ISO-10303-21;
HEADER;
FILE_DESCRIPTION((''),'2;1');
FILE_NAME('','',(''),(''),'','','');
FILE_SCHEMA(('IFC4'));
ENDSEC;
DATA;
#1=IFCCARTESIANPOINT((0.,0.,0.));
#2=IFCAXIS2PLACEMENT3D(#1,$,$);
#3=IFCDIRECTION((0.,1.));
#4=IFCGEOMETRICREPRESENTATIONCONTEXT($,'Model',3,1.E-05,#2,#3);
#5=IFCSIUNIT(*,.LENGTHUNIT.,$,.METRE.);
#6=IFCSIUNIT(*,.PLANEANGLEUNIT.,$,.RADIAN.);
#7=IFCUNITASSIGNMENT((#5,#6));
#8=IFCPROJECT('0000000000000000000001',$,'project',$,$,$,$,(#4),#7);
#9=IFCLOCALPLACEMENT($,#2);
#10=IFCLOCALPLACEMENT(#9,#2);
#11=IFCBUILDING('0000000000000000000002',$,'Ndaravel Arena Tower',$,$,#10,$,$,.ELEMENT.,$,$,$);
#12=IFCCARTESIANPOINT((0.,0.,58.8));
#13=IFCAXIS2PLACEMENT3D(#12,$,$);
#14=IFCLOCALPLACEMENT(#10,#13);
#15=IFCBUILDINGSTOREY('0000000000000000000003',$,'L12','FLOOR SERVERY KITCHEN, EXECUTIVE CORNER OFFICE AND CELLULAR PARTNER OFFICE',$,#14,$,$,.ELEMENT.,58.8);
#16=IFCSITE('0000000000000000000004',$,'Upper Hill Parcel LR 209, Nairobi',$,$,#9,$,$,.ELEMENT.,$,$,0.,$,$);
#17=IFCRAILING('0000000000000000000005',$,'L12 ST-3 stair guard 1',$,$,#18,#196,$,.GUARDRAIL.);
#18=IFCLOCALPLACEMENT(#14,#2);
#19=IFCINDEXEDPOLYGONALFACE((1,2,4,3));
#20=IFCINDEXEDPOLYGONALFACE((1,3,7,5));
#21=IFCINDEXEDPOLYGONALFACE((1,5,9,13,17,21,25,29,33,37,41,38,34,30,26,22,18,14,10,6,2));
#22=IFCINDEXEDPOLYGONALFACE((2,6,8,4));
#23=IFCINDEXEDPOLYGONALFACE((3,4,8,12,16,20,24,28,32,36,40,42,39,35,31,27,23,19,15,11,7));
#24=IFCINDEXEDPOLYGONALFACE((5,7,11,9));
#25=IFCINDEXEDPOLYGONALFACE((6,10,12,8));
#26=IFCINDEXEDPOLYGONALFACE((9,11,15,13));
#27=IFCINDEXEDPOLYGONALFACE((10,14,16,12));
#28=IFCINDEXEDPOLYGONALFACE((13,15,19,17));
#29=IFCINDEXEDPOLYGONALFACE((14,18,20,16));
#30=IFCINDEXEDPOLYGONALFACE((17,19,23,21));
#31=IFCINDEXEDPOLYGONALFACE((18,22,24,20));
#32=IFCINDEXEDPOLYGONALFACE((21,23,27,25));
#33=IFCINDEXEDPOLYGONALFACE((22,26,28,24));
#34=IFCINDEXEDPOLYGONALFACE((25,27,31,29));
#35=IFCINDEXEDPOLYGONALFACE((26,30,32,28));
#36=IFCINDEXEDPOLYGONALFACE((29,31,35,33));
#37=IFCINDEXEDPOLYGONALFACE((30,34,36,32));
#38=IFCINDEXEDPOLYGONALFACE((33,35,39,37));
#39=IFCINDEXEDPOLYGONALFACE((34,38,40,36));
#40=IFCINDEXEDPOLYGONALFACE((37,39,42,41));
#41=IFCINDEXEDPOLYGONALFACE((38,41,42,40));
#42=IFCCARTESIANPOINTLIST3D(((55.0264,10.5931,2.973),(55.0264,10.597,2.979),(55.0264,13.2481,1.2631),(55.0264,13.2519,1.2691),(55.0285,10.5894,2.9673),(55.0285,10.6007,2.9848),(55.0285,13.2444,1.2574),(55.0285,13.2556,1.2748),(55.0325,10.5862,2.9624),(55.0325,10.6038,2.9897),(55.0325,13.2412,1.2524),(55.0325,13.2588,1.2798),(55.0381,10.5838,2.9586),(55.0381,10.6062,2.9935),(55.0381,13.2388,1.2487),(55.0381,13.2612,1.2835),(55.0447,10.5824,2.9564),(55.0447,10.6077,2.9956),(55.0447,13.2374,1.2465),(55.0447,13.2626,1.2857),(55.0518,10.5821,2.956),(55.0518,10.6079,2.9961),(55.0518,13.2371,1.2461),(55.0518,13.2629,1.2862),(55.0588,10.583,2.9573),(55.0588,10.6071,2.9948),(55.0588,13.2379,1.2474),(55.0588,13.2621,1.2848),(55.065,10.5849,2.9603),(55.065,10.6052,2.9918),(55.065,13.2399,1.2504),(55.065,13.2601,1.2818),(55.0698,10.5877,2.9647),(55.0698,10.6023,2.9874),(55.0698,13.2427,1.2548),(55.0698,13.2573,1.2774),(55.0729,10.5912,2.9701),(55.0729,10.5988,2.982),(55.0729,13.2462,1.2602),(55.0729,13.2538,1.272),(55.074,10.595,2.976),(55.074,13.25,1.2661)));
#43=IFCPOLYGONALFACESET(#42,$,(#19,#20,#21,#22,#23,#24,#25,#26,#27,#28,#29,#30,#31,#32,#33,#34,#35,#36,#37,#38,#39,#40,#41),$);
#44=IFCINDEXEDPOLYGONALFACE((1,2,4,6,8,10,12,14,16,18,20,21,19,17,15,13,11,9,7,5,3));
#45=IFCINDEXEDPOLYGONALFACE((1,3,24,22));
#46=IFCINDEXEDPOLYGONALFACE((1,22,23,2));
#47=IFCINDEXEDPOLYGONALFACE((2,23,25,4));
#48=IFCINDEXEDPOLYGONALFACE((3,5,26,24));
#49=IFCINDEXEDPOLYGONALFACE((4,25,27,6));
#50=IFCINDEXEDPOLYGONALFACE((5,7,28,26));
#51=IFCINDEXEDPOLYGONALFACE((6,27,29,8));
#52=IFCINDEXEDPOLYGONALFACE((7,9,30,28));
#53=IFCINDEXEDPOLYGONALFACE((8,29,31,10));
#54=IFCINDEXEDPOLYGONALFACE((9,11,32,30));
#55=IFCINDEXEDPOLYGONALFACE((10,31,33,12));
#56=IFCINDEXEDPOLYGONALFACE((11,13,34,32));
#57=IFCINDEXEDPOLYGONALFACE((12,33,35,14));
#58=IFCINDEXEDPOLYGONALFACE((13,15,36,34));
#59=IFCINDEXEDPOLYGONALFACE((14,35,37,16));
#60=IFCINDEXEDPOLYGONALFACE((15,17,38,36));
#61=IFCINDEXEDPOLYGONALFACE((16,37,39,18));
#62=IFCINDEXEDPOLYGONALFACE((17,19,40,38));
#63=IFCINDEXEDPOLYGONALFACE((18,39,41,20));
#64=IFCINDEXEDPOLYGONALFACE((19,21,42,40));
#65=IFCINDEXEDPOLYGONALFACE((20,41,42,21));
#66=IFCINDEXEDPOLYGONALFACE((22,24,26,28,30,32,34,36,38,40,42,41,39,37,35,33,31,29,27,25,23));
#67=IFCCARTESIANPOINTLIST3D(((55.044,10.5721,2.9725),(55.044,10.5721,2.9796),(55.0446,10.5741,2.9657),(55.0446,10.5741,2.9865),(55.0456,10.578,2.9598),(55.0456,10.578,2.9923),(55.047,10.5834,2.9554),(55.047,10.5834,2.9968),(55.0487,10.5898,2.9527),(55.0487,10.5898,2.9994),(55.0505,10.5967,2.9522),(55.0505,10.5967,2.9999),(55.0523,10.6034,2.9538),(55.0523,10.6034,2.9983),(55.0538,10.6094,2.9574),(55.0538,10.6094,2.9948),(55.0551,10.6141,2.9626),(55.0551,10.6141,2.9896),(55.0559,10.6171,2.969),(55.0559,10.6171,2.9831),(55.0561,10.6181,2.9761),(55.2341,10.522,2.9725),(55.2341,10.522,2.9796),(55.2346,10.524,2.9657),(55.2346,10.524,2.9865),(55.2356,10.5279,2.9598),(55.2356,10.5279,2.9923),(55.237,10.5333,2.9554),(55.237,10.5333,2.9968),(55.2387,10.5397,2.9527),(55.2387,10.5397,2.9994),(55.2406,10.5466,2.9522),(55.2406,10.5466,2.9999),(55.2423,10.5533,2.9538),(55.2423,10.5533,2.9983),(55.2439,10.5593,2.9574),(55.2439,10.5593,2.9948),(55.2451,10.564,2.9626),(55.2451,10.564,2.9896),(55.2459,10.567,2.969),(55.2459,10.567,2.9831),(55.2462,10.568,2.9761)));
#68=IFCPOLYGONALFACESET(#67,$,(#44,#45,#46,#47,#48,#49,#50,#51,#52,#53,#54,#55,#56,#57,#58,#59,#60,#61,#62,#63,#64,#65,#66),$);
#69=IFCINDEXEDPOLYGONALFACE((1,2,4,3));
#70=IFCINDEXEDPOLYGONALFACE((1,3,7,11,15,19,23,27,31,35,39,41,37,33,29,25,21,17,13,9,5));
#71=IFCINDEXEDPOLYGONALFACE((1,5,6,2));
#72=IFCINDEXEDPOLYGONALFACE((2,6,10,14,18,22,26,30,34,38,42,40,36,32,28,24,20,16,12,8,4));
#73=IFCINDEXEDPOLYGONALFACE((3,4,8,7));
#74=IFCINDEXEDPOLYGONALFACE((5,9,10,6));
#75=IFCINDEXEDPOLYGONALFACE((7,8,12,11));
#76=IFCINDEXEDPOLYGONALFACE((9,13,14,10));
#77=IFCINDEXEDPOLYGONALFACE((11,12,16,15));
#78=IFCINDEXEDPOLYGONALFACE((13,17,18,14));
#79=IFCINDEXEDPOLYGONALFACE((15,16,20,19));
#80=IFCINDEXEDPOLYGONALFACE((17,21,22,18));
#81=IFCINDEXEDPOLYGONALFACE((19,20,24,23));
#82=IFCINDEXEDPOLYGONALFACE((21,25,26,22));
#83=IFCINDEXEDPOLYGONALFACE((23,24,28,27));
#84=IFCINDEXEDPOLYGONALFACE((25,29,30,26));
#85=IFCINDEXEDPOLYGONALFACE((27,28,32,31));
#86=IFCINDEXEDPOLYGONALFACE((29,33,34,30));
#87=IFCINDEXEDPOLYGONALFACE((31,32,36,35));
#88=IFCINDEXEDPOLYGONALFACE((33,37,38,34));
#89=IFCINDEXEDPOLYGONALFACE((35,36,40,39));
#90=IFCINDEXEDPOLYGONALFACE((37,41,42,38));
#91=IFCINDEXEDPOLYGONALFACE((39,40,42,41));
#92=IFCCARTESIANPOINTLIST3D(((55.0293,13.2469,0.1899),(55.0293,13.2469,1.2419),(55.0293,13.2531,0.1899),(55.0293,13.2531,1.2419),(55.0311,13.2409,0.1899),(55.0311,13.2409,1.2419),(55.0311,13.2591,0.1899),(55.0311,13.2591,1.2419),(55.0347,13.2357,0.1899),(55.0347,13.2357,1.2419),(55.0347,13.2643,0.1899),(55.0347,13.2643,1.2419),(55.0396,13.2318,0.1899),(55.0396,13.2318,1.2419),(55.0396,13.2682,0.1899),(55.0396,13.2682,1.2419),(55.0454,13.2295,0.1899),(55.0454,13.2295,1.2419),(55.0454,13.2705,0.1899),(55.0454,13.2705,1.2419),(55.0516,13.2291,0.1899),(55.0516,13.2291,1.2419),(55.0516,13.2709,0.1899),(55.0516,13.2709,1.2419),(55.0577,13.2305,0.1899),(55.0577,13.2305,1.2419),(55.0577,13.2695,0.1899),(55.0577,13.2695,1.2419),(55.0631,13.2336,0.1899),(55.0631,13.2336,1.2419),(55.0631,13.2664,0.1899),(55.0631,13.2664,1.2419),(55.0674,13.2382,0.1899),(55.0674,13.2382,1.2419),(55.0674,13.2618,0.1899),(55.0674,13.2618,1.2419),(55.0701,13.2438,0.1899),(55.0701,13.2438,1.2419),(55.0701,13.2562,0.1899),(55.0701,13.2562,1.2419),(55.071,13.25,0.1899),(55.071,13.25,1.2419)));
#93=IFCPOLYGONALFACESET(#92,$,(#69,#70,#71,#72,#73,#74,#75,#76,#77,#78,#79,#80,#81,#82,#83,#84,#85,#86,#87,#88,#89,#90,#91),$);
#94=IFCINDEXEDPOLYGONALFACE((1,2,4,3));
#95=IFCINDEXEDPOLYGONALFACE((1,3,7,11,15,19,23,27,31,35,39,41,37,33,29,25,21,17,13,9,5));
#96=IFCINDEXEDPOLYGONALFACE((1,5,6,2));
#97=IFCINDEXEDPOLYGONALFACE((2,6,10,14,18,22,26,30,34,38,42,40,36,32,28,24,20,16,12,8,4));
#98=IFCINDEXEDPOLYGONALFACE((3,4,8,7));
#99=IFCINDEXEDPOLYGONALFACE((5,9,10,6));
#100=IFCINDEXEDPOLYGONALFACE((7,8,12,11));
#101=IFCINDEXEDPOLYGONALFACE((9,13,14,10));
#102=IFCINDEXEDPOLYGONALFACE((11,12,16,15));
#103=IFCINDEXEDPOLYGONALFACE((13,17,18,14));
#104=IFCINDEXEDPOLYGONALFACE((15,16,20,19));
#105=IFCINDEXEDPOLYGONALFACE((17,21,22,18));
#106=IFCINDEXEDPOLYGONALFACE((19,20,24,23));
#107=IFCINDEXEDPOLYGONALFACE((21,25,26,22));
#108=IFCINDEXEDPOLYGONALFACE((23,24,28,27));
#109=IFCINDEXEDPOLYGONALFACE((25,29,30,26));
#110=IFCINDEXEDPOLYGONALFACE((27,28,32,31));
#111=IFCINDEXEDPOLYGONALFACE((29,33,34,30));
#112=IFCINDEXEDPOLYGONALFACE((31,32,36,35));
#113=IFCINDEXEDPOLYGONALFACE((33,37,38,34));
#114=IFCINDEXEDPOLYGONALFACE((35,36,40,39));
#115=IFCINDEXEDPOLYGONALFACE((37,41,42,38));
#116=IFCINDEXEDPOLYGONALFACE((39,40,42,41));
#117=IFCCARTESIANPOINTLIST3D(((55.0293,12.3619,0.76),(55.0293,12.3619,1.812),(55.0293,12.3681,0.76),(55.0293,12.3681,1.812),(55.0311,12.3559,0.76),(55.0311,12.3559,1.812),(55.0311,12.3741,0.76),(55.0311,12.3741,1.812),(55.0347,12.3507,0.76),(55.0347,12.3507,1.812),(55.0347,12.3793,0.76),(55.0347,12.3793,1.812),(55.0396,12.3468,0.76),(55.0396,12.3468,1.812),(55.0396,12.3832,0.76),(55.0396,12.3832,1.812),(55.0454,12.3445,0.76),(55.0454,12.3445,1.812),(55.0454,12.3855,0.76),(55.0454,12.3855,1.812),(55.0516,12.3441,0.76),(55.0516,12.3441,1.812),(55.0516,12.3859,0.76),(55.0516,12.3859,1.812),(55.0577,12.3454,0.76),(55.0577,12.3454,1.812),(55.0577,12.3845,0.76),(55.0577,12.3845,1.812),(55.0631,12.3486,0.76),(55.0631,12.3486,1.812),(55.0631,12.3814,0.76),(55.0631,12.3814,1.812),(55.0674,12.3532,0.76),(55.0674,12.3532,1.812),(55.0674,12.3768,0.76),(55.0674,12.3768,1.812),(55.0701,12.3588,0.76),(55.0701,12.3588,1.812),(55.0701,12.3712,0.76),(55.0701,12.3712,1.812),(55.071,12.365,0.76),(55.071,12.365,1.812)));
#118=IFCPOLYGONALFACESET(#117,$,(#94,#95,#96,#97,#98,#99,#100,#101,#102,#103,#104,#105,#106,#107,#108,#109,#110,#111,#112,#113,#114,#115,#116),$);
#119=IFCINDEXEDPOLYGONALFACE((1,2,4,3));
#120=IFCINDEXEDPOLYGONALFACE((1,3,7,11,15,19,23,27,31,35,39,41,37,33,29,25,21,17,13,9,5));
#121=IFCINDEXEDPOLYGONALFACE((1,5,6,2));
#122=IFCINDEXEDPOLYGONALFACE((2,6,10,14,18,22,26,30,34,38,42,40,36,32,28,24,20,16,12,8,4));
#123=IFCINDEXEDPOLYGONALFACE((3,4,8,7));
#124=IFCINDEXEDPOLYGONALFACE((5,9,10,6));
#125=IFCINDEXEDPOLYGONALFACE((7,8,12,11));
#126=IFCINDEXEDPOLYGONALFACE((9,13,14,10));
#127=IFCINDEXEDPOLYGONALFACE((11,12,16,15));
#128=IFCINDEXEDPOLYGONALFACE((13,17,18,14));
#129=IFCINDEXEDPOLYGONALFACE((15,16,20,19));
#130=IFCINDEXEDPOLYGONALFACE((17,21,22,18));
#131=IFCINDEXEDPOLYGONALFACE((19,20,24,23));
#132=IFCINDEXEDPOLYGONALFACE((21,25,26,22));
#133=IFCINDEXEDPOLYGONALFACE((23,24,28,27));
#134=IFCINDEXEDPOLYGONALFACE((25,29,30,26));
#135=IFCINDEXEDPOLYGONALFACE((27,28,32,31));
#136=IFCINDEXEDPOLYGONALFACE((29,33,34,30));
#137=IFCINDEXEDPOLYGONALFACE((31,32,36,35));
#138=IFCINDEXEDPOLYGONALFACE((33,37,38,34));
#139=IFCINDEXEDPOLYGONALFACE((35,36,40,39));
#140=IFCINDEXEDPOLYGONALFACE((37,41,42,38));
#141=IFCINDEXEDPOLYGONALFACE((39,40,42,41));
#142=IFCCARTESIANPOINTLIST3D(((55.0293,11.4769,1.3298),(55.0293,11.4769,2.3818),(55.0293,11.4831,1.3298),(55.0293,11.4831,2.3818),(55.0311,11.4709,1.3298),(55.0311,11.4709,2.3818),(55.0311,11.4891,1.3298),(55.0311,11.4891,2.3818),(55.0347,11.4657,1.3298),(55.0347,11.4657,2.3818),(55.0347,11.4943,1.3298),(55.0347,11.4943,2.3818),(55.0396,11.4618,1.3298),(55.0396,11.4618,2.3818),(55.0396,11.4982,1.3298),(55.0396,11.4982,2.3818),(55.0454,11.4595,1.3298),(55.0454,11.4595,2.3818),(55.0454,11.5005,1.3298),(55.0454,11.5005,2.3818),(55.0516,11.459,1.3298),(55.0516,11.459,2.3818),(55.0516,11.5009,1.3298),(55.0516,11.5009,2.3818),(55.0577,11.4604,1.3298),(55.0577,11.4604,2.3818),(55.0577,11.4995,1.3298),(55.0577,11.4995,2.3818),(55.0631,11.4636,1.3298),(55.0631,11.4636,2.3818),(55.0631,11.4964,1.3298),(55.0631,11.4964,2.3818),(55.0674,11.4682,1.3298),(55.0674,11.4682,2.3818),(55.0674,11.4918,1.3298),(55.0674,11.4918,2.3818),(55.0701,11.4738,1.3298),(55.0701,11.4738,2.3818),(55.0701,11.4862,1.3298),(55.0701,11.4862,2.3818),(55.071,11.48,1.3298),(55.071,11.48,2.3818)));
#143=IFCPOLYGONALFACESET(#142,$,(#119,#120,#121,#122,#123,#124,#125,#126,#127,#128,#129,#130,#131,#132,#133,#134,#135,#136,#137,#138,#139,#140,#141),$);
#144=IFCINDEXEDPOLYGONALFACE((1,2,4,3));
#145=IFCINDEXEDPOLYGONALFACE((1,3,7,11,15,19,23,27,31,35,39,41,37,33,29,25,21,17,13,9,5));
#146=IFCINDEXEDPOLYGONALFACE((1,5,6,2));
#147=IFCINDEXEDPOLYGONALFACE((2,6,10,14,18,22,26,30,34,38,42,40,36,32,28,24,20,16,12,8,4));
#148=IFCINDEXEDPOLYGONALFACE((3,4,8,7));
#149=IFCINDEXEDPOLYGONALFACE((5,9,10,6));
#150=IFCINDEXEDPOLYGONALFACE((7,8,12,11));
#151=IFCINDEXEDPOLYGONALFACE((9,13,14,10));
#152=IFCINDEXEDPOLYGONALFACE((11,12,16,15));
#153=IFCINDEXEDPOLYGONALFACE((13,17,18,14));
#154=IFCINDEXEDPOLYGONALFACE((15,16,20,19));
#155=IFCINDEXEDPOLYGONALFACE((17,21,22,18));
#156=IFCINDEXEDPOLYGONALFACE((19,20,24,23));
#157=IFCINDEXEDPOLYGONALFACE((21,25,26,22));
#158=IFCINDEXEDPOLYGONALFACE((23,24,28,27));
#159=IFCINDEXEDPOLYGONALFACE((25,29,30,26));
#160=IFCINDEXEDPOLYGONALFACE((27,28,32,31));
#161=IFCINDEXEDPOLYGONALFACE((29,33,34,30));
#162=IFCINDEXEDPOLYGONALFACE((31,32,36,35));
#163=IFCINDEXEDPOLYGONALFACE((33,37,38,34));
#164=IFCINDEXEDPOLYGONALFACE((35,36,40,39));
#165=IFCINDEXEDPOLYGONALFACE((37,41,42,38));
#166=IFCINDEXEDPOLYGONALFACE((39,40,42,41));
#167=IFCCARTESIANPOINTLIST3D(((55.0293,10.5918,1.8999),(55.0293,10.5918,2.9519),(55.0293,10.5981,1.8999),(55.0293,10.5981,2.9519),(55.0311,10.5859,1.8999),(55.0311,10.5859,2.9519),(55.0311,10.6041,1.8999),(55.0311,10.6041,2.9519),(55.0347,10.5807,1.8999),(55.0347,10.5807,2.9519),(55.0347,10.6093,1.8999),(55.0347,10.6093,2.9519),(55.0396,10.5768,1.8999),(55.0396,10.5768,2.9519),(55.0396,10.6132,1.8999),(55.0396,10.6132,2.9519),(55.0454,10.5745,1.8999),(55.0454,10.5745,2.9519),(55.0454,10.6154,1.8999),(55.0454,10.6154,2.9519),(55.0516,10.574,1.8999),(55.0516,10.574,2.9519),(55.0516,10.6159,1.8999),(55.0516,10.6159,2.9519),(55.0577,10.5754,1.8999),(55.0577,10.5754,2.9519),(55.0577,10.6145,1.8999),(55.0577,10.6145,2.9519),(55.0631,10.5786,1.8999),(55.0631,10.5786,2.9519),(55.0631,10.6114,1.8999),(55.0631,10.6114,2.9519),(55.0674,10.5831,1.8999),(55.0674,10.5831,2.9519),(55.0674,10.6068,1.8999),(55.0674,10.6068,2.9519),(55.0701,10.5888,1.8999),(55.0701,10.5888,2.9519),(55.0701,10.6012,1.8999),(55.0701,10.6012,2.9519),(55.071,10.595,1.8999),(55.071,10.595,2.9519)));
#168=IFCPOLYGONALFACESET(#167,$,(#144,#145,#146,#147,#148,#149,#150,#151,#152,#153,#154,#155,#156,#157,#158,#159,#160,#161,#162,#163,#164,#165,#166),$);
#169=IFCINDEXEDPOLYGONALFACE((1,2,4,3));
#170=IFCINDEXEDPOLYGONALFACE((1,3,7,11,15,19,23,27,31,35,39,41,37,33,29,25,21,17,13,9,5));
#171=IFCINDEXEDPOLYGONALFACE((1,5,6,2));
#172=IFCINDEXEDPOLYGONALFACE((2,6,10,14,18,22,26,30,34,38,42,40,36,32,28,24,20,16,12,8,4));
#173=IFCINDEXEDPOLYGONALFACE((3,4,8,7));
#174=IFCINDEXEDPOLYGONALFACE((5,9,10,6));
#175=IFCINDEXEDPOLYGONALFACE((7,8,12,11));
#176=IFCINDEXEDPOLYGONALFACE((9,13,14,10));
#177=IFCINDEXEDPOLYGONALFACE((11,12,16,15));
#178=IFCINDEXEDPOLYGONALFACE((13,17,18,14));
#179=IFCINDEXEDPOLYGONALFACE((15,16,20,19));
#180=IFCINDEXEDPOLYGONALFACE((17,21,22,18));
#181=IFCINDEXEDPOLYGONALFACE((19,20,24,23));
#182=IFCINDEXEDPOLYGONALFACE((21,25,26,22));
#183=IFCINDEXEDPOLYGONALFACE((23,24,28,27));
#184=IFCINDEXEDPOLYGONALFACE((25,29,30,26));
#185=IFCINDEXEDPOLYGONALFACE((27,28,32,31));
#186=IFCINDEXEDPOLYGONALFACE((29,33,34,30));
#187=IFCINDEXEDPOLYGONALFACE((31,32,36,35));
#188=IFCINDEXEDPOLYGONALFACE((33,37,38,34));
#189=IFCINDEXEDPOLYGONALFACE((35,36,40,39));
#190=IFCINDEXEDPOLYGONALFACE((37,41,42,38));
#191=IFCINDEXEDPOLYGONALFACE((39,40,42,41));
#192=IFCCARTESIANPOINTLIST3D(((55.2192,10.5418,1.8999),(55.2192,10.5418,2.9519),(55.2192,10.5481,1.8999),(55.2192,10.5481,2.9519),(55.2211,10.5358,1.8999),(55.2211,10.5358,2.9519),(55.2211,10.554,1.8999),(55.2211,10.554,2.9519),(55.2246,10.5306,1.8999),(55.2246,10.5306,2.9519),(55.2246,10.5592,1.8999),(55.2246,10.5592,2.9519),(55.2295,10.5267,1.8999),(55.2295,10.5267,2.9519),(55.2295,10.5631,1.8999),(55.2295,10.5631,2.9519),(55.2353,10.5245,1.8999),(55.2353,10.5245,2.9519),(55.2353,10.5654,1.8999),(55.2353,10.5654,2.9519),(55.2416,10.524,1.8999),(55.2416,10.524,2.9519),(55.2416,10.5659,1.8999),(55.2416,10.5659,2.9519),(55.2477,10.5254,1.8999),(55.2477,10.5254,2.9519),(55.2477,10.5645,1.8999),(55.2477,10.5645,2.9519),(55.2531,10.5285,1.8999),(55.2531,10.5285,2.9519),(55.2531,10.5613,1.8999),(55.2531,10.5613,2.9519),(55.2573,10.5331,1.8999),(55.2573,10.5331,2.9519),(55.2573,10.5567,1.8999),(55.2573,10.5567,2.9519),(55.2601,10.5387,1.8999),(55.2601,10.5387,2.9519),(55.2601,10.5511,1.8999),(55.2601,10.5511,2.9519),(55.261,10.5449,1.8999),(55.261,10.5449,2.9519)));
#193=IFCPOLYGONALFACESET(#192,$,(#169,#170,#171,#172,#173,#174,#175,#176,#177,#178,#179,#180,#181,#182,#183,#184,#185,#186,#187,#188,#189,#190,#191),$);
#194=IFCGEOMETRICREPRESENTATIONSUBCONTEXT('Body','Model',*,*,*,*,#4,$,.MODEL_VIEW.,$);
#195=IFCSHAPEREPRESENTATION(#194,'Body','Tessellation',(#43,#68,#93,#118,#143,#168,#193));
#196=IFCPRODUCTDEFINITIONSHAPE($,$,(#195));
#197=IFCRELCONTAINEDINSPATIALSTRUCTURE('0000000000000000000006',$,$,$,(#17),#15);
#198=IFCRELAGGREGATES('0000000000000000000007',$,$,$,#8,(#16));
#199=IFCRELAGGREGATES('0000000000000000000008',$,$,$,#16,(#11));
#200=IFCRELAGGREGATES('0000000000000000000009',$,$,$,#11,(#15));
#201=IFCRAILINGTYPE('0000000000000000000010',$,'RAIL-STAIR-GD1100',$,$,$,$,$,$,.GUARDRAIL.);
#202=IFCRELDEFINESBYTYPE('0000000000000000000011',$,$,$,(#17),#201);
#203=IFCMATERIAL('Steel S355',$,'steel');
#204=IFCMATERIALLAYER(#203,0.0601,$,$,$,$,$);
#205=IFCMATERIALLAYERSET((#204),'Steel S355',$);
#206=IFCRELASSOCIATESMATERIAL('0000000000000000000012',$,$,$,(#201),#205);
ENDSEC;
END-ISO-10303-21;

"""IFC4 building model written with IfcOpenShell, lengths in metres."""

from ifc_helpers import new_model, si_unit, direction, frame, origin, origin_2d, place, context, subcontext, project, spatial, circle, extrude, material, layer, layer_set, type_object, element, save


model = new_model("IFC4")

# Units and contexts
model_context = context("Model", 3, precision=1e-05, world=origin(), true_north=direction((0.0, 1.0)))
body_context = subcontext(model_context, "Body", "Model", "MODEL_VIEW")
ifc_project = project(units=[si_unit("LENGTHUNIT", "METRE"), si_unit("PLANEANGLEUNIT", "RADIAN")], contexts=[model_context])

# Site, building, storey
site_placement = place(None, origin())
site = spatial("IfcSite", under=ifc_project, at=site_placement, Name="Upper Hill Parcel LR 209, Nairobi", CompositionType="ELEMENT", RefElevation=0.0)
building_placement = place(site_placement, origin())
building = spatial("IfcBuilding", under=site, at=building_placement, Name="Ndaravel Arena Tower", CompositionType="ELEMENT")
storey_placement = place(building_placement, frame((0.0, 0.0, 58.8)))
storey = spatial("IfcBuildingStorey", under=building, at=storey_placement, Name="L12", Description="FLOOR SERVERY KITCHEN, EXECUTIVE CORNER OFFICE AND CELLULAR PARTNER OFFICE", CompositionType="ELEMENT", Elevation=58.8)

# Railing
ifc_material_1 = material(Name="Steel S355", Category="steel")
ifc_layer_1 = layer(ifc_material_1, 0.0601)
ifc_layer_set_1 = layer_set([ifc_layer_1], Name="Steel S355")
railing_type_1 = type_object("IfcRailingType", Name="RAIL-STAIR-GD1100", PredefinedType="GUARDRAIL", material=ifc_layer_set_1)
railing_1_placement = place(storey_placement, frame((55.05, 13.25, 0.1899)))
element("IfcRailing", 1, at=railing_1_placement, inside=storey, type_object=railing_type_1, Name="L12 ST-3 stair guard 1", PredefinedType="GUARDRAIL", context=body_context, shape_type="SweptSolid", body=[
    extrude(circle(Radius=0.0239, at=origin_2d()), frame((0.0, 0.0, 1.0762), z_axis=(0.0, -0.840724, 0.541465), x_axis=(1.0, 0.0, 0.0)), (0.0, 0.0, 1.0), 3.158),
    extrude(circle(Radius=0.0239, at=origin_2d()), frame((0.0, -2.655, 2.7861), z_axis=(0.966994, -0.254799, 0.0), x_axis=(0.254799, 0.966994, 0.0)), (0.0, 0.0, 1.0), 0.1965),
    extrude(circle(Radius=0.021, at=origin_2d()), origin(), (0.0, 0.0, 1.0), 1.052),
    extrude(circle(Radius=0.021, at=origin_2d()), frame((0.0, -0.885, 0.5701)), (0.0, 0.0, 1.0), 1.052),
    extrude(circle(Radius=0.021, at=origin_2d()), frame((0.0, -1.77, 1.1399)), (0.0, 0.0, 1.0), 1.052),
    extrude(circle(Radius=0.021, at=origin_2d()), frame((0.0, -2.655, 1.71)), (0.0, 0.0, 1.0), 1.052),
    extrude(circle(Radius=0.021, at=origin_2d()), frame((0.1899, -2.7051, 1.71)), (0.0, 0.0, 1.0), 1.052),
])

save(model, "model.ifc")
